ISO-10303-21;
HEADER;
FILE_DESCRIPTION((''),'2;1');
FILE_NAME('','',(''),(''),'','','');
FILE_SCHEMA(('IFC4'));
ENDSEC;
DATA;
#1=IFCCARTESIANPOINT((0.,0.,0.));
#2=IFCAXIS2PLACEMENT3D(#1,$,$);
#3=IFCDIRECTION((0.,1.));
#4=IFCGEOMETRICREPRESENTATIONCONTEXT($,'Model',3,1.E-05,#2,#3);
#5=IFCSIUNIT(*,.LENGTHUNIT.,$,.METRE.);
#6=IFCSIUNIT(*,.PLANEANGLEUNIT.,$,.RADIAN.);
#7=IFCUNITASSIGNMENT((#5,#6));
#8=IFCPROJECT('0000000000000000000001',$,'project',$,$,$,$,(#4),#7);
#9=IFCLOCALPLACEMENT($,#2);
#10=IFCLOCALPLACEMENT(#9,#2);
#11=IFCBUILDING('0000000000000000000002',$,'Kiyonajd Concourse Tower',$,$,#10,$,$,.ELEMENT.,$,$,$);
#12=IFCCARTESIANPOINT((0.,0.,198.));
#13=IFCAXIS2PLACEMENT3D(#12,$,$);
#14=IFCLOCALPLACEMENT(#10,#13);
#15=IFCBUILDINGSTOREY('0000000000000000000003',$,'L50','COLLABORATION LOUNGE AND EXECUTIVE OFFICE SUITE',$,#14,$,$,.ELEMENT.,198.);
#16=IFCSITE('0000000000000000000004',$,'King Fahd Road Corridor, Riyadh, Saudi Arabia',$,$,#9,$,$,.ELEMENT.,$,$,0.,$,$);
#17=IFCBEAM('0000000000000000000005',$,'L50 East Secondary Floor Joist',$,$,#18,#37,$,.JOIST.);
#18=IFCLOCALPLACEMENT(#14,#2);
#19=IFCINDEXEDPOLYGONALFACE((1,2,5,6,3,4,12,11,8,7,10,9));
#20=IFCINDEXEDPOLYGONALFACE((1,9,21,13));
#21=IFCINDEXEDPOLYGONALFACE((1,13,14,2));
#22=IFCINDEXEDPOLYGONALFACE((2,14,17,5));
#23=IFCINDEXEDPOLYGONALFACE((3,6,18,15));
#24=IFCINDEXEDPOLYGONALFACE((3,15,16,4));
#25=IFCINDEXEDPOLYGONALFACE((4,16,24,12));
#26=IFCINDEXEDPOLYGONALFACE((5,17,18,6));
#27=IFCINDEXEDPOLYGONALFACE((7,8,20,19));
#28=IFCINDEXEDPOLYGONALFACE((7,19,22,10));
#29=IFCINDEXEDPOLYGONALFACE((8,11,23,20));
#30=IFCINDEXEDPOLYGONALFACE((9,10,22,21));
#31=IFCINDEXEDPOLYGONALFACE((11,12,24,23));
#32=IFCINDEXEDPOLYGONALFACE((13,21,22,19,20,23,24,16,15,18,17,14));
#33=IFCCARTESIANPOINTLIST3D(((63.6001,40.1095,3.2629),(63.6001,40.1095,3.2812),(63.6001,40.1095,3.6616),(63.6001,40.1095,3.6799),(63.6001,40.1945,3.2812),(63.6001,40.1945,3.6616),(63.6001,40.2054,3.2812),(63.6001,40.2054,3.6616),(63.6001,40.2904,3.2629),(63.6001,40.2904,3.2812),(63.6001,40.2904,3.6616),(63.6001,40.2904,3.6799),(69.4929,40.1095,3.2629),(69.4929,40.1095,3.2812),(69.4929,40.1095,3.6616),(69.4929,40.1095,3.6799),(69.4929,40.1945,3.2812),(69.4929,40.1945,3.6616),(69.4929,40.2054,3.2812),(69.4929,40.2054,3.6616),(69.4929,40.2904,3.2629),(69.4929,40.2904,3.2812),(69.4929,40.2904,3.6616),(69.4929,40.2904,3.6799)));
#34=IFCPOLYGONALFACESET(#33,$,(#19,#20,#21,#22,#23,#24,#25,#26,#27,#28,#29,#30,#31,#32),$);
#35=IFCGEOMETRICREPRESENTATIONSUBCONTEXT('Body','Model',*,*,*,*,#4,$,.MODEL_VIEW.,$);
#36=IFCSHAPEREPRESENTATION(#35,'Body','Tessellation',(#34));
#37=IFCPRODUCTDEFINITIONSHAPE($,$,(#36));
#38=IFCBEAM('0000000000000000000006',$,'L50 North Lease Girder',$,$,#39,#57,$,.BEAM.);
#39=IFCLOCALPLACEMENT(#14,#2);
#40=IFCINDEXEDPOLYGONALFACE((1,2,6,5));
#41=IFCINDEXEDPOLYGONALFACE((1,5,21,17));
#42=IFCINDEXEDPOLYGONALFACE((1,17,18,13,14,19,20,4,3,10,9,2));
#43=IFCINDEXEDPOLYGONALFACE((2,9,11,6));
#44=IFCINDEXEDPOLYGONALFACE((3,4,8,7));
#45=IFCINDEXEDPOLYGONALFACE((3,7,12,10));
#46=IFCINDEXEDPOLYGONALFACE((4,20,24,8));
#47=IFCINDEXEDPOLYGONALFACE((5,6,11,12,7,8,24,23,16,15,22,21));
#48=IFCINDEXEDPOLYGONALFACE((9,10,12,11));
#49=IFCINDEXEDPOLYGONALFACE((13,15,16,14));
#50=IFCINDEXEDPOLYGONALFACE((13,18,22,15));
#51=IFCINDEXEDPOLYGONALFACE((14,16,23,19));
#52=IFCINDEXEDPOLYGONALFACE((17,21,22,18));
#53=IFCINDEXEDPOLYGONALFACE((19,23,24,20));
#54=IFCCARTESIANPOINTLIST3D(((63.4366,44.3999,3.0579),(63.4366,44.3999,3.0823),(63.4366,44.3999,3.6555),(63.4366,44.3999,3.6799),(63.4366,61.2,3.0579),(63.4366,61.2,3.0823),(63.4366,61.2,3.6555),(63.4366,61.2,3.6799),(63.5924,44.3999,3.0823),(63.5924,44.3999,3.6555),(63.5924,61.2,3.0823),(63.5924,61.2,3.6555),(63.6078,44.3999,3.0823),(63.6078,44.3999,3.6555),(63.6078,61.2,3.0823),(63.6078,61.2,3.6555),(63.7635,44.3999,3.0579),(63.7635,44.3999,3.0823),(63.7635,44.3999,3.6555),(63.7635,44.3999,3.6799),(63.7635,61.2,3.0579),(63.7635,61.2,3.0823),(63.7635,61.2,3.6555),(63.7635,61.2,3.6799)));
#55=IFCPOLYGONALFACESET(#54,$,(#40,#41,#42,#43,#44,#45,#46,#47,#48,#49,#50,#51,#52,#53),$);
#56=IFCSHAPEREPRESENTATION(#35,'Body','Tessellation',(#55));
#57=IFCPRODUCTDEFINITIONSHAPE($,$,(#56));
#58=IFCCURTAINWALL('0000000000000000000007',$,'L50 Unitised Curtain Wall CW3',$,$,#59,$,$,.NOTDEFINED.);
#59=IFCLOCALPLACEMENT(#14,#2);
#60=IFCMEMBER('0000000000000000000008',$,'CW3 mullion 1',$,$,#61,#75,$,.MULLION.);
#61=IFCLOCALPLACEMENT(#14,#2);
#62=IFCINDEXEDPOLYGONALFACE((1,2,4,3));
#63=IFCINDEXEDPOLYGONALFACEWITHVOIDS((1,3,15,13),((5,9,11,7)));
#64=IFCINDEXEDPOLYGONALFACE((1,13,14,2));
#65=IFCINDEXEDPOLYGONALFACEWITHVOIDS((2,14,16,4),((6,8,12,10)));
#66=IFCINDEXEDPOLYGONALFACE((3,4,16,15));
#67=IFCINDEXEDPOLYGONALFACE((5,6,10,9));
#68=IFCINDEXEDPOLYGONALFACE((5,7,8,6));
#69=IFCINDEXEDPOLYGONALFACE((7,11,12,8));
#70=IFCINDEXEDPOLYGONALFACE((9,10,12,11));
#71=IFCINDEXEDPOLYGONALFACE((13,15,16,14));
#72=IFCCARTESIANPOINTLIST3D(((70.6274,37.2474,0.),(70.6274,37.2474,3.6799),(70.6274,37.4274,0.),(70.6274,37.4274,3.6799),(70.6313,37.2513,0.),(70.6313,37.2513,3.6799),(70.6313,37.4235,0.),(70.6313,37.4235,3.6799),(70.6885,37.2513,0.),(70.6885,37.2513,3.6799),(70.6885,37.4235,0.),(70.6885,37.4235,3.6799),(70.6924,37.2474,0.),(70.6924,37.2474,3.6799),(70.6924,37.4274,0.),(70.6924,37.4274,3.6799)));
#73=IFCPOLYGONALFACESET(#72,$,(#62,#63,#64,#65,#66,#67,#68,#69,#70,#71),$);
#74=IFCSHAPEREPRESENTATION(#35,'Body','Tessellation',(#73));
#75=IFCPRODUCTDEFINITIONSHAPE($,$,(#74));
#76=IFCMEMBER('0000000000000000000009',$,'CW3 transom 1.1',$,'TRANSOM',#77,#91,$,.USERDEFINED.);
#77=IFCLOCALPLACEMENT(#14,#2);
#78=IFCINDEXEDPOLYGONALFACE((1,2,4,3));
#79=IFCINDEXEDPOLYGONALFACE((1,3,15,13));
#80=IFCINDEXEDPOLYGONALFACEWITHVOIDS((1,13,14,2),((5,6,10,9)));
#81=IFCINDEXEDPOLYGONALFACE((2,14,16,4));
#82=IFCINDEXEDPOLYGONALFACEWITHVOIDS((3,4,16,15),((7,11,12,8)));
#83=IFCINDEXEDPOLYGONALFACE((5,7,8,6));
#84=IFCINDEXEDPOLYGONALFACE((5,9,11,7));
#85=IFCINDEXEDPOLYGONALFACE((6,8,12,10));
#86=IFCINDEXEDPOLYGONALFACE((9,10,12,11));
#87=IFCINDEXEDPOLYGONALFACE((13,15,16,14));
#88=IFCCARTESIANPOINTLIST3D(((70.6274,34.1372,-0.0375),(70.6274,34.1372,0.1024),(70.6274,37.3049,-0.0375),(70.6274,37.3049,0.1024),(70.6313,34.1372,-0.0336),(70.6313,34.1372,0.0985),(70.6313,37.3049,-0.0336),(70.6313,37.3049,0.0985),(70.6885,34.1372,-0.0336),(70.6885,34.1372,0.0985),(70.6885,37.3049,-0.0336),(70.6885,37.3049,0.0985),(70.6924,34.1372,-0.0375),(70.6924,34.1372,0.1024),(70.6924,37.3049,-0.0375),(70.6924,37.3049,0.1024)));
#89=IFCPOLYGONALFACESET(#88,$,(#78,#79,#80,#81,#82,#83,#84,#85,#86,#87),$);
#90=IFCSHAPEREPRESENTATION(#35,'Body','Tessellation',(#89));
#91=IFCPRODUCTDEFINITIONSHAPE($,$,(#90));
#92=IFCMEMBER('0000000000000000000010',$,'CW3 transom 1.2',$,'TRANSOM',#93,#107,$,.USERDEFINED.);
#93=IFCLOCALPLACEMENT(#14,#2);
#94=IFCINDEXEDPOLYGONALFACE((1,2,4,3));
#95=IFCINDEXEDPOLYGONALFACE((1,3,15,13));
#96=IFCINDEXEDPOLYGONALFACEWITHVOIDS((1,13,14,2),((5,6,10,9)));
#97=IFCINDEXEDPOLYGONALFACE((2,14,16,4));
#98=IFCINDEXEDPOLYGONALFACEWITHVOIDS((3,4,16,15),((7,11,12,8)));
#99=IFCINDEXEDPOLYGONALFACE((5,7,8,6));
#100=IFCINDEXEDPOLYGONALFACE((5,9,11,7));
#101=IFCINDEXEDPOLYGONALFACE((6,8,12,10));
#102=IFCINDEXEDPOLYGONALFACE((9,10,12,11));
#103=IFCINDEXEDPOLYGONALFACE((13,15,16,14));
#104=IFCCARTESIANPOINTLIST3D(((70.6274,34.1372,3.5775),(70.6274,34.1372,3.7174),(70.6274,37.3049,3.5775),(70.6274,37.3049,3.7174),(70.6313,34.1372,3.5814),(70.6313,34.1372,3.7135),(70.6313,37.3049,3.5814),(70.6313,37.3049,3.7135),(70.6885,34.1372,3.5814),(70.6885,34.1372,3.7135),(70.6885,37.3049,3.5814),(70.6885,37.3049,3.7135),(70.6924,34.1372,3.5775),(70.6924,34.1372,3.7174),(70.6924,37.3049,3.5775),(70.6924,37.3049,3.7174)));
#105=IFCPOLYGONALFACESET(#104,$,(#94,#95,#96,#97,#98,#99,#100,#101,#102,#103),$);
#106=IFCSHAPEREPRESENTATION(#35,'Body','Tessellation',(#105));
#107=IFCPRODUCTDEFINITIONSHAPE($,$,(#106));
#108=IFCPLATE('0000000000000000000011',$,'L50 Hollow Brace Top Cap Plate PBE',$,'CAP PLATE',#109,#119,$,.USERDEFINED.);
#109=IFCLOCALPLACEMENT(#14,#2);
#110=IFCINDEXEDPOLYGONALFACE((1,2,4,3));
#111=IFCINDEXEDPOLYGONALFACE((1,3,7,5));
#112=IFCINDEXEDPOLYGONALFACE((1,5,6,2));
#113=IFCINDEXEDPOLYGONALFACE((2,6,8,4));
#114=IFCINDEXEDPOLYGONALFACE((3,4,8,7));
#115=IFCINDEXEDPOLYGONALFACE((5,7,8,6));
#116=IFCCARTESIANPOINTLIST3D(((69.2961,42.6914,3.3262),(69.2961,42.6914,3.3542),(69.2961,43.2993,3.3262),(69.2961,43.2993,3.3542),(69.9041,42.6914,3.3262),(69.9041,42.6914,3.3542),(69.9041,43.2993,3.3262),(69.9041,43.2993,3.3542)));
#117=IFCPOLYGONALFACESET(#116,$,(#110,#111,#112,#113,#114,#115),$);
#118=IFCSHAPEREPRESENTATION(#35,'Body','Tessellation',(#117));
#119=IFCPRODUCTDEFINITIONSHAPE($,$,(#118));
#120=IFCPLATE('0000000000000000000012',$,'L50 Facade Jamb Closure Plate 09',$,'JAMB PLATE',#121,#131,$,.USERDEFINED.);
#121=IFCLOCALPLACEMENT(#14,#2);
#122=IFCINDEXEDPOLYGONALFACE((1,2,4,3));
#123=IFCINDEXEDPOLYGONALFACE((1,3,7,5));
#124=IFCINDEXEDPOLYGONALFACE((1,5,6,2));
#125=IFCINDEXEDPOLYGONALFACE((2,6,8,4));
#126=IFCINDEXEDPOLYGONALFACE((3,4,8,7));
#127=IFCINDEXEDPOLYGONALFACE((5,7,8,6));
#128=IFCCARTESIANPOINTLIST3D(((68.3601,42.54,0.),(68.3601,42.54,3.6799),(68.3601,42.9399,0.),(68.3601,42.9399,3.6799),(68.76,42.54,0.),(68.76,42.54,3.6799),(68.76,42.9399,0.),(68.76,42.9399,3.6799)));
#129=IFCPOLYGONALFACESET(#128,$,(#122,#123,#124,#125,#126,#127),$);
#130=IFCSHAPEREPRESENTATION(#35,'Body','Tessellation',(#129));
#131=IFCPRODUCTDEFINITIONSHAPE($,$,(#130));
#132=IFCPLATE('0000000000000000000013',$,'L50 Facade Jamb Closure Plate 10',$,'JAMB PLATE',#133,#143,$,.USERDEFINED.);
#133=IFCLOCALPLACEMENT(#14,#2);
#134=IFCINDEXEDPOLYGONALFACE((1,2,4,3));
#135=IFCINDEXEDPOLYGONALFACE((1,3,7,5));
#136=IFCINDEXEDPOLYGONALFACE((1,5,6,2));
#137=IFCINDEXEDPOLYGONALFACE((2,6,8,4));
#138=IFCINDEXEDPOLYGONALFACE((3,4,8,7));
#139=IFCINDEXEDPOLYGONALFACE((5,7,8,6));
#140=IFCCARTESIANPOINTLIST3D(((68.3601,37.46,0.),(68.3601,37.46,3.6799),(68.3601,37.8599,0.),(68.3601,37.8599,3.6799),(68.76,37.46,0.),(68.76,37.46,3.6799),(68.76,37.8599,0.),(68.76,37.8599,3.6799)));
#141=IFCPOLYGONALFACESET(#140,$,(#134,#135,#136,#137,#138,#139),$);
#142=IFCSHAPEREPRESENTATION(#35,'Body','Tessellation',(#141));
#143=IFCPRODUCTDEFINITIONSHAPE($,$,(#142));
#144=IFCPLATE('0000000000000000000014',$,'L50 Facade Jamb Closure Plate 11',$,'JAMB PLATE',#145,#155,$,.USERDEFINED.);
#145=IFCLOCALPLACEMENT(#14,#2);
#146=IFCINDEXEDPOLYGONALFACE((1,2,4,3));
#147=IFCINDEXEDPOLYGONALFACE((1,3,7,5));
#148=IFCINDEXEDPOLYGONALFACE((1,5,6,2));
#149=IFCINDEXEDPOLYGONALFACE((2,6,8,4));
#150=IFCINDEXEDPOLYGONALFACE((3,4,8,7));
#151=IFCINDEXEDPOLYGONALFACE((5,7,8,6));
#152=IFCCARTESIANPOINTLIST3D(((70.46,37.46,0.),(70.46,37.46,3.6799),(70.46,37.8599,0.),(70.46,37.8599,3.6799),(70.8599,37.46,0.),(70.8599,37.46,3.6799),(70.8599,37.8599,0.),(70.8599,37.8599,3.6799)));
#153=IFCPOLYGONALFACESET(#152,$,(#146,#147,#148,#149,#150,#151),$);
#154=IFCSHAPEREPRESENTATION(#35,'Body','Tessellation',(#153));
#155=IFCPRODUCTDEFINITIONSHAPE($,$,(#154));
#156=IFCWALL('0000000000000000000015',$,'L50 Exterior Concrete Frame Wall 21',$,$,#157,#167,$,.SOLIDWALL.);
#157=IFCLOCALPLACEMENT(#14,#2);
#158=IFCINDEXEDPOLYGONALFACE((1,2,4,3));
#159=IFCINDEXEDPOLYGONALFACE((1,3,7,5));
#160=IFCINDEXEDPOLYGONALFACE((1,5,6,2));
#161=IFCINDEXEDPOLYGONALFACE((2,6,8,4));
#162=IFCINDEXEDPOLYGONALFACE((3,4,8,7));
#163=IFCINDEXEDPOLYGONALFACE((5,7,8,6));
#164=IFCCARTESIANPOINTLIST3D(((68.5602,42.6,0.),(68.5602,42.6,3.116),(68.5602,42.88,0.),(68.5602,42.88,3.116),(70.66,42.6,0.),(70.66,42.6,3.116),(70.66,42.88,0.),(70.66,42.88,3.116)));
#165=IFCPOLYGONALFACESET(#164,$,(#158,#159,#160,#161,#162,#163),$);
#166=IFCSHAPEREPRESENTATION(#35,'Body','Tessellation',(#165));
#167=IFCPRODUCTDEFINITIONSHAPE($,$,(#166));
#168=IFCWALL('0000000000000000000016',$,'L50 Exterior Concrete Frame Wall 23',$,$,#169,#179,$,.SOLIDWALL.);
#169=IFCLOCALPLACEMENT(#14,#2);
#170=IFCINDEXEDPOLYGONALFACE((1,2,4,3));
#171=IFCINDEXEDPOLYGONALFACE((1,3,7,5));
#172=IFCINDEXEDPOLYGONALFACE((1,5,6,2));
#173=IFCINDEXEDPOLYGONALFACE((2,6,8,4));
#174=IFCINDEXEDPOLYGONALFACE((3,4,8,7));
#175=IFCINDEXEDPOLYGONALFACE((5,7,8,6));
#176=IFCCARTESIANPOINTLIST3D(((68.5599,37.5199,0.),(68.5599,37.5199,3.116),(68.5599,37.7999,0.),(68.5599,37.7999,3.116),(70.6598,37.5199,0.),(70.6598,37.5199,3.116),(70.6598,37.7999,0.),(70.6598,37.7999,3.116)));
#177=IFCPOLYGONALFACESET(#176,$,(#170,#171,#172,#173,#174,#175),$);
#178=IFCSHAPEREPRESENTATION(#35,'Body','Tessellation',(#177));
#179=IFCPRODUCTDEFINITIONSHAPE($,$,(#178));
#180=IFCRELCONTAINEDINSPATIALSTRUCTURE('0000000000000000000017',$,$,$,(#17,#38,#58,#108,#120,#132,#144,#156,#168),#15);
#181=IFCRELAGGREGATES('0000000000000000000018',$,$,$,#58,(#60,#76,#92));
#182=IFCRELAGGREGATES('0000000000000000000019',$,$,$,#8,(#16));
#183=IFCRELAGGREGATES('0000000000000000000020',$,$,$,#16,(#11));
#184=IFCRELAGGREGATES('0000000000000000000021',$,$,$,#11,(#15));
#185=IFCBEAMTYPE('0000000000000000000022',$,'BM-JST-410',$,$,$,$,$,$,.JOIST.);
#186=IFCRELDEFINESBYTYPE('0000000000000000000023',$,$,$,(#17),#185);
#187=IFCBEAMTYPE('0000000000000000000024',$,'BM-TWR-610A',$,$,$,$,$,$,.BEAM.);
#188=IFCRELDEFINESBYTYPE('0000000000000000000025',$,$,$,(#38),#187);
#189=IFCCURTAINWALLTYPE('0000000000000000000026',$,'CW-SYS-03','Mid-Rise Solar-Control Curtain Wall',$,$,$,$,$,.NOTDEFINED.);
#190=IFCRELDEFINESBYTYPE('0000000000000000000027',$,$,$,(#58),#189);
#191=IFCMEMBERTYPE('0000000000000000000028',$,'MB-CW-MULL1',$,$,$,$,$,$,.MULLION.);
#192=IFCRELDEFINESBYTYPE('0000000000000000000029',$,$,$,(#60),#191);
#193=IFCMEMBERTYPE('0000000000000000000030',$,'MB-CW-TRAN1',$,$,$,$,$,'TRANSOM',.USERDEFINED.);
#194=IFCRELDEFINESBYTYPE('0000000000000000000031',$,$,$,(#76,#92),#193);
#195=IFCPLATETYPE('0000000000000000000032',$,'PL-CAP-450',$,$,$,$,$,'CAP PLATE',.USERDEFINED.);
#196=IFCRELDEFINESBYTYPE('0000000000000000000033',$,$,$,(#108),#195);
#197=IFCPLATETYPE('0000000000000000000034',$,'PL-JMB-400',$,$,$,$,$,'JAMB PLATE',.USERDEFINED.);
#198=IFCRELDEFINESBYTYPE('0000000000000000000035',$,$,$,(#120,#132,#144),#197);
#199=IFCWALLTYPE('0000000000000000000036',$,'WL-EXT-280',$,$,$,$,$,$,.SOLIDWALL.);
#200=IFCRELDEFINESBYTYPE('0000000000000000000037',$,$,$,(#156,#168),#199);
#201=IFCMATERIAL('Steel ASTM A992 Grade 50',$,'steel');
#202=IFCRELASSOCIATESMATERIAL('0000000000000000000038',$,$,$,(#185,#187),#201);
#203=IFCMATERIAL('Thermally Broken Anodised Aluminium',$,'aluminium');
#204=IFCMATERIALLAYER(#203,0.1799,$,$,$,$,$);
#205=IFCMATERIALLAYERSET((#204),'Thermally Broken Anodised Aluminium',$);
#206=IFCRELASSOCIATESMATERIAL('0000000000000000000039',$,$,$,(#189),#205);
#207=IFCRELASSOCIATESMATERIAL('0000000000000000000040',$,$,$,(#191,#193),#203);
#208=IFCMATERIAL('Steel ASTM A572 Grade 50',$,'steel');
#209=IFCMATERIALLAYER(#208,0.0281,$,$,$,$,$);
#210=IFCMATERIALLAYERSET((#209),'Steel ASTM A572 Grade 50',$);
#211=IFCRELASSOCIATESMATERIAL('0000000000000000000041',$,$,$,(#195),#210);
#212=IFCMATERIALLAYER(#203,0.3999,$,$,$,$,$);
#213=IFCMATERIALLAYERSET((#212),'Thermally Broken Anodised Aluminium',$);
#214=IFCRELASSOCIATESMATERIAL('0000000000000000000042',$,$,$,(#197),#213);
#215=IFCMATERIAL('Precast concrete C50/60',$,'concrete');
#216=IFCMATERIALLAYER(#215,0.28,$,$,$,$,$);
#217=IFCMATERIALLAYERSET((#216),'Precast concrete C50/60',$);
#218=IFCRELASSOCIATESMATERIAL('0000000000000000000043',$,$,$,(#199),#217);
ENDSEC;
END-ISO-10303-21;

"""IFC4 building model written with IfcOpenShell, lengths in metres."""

from ifc_helpers import new_model, si_unit, direction, frame, frame_2d, origin, origin_2d, place, context, subcontext, project, spatial, rectangle, hollow_rectangle, i_section, extrude, material, layer, layer_set, material_profile, profile_set, type_object, element, aggregate, save


model = new_model("IFC4")

# Units and contexts
model_context = context("Model", 3, precision=1e-05, world=origin(), true_north=direction((0.0, 1.0)))
body_context = subcontext(model_context, "Body", "Model", "MODEL_VIEW")
ifc_project = project(units=[si_unit("LENGTHUNIT", "METRE"), si_unit("PLANEANGLEUNIT", "RADIAN")], contexts=[model_context])

# Site, building, storey
site_placement = place(None, origin())
site = spatial("IfcSite", under=ifc_project, at=site_placement, Name="King Fahd Road Corridor, Riyadh, Saudi Arabia", CompositionType="ELEMENT", RefElevation=0.0)
building_placement = place(site_placement, origin())
building = spatial("IfcBuilding", under=site, at=building_placement, Name="Kiyonajd Concourse Tower", CompositionType="ELEMENT")
storey_placement = place(building_placement, frame((0.0, 0.0, 198.0)))
storey = spatial("IfcBuildingStorey", under=building, at=storey_placement, Name="L50", Description="COLLABORATION LOUNGE AND EXECUTIVE OFFICE SUITE", CompositionType="ELEMENT", Elevation=198.0)

# Beams
ifc_material_1 = material(Name="Steel ASTM A992 Grade 50", Category="steel")
ifc_material_profile_1 = material_profile(ifc_material_1, i_section(OverallWidth=0.1809, OverallDepth=0.417, WebThickness=0.011, FlangeThickness=0.0183, at=origin_2d()), Name="W410X85")
ifc_profile_set_1 = profile_set([ifc_material_profile_1], Name="Steel ASTM A992 Grade 50")
beam_type_1 = type_object("IfcBeamType", Name="BM-JST-410", PredefinedType="JOIST", material=ifc_profile_set_1)
beam_1_placement = place(storey_placement, frame((63.6001, 40.2, 3.4714), z_axis=(1.0, 0.0, 0.0), x_axis=(0.0, 1.0, 0.0)))
element("IfcBeam", 1, at=beam_1_placement, inside=storey, type_object=beam_type_1, Name="L50 East Secondary Floor Joist", PredefinedType="JOIST", context=body_context, shape_type="SweptSolid", body=[
    extrude(i_section(OverallWidth=0.1809, OverallDepth=0.417, WebThickness=0.011, FlangeThickness=0.0183, at=origin_2d()), origin(), (0.0, 0.0, 1.0), 5.8928),
])
ifc_material_profile_2 = material_profile(ifc_material_1, i_section(OverallWidth=0.3269, OverallDepth=0.6221, WebThickness=0.0154, FlangeThickness=0.0244, at=origin_2d()), Name="W610X195")
ifc_profile_set_2 = profile_set([ifc_material_profile_2], Name="Steel ASTM A992 Grade 50")
beam_type_2 = type_object("IfcBeamType", Name="BM-TWR-610A", PredefinedType="BEAM", material=ifc_profile_set_2)
beam_2_placement = place(storey_placement, frame((63.6001, 44.3999, 3.3689), z_axis=(0.0, 1.0, 0.0), x_axis=(-1.0, 0.0, 0.0)))
element("IfcBeam", 2, at=beam_2_placement, inside=storey, type_object=beam_type_2, Name="L50 North Lease Girder", PredefinedType="BEAM", context=body_context, shape_type="SweptSolid", body=[
    extrude(i_section(OverallWidth=0.3269, OverallDepth=0.6221, WebThickness=0.0154, FlangeThickness=0.0244, at=origin_2d()), origin(), (0.0, 0.0, 1.0), 16.8),
])

# Curtain wall, members
ifc_material_2 = material(Name="Thermally Broken Anodised Aluminium", Category="aluminium")
ifc_layer_1 = layer(ifc_material_2, 0.1799)
ifc_layer_set_1 = layer_set([ifc_layer_1], Name="Thermally Broken Anodised Aluminium")
curtain_wall_type = type_object("IfcCurtainWallType", Name="CW-SYS-03", Description="Mid-Rise Solar-Control Curtain Wall", PredefinedType="NOTDEFINED", material=ifc_layer_set_1)
curtain_wall_placement = place(storey_placement, origin())
curtain_wall = element("IfcCurtainWall", 3, at=curtain_wall_placement, inside=storey, type_object=curtain_wall_type, Name="L50 Unitised Curtain Wall CW3", PredefinedType="NOTDEFINED")
ifc_material_profile_3 = material_profile(ifc_material_2, hollow_rectangle(XDim=0.0649, YDim=0.1799, WallThickness=0.0039, at=origin_2d()), Name="MULL-65x180")
ifc_profile_set_3 = profile_set([ifc_material_profile_3], Name="Thermally Broken Anodised Aluminium")
member_type_1 = type_object("IfcMemberType", Name="MB-CW-MULL1", PredefinedType="MULLION", material=ifc_profile_set_3)
member_1_placement = place(storey_placement, frame((70.6599, 37.3374, 0.0), z_axis=(0.0, 0.0, 1.0), x_axis=(1.0, 0.0, 0.0)))
member_1 = element("IfcMember", 4, at=member_1_placement, type_object=member_type_1, Name="CW3 mullion 1", PredefinedType="MULLION", context=body_context, shape_type="SweptSolid", body=[
    extrude(hollow_rectangle(XDim=0.0649, YDim=0.1799, WallThickness=0.0039, at=origin_2d()), origin(), (0.0, 0.0, 1.0), 3.6799),
])
ifc_material_profile_4 = material_profile(ifc_material_2, hollow_rectangle(XDim=0.0649, YDim=0.1399, WallThickness=0.0039, at=origin_2d()), Name="TRAN-65x140")
ifc_profile_set_4 = profile_set([ifc_material_profile_4], Name="Thermally Broken Anodised Aluminium")
member_type_2 = type_object("IfcMemberType", Name="MB-CW-TRAN1", ElementType="TRANSOM", PredefinedType="USERDEFINED", material=ifc_profile_set_4)
member_2_placement = place(storey_placement, frame((70.6599, 37.3049, 0.0325), z_axis=(0.0, -1.0, 0.0), x_axis=(1.0, 0.0, 0.0)))
member_2 = element("IfcMember", 5, at=member_2_placement, type_object=member_type_2, Name="CW3 transom 1.1", ObjectType="TRANSOM", PredefinedType="USERDEFINED", context=body_context, shape_type="SweptSolid", body=[
    extrude(hollow_rectangle(XDim=0.0649, YDim=0.1399, WallThickness=0.0039, at=origin_2d()), origin(), (0.0, 0.0, 1.0), 3.1677),
])
member_3_placement = place(storey_placement, frame((70.6599, 37.3049, 3.6475), z_axis=(0.0, -1.0, 0.0), x_axis=(1.0, 0.0, 0.0)))
member_3 = element("IfcMember", 6, at=member_3_placement, type_object=member_type_2, Name="CW3 transom 1.2", ObjectType="TRANSOM", PredefinedType="USERDEFINED", context=body_context, shape_type="SweptSolid", body=[
    extrude(hollow_rectangle(XDim=0.0649, YDim=0.1399, WallThickness=0.0039, at=origin_2d()), origin(), (0.0, 0.0, 1.0), 3.1677),
])
aggregate(curtain_wall, [member_1, member_2, member_3])

# Plates
ifc_material_3 = material(Name="Steel ASTM A572 Grade 50", Category="steel")
ifc_layer_2 = layer(ifc_material_3, 0.0281)
ifc_layer_set_2 = layer_set([ifc_layer_2], Name="Steel ASTM A572 Grade 50")
plate_type_1 = type_object("IfcPlateType", Name="PL-CAP-450", ElementType="CAP PLATE", PredefinedType="USERDEFINED", material=ifc_layer_set_2)
plate_placement = place(storey_placement, frame((69.6001, 42.9954, 3.3262), z_axis=(0.0, 0.0, 1.0), x_axis=(1.0, 0.0, 0.0)))
element("IfcPlate", 7, at=plate_placement, inside=storey, type_object=plate_type_1, Name="L50 Hollow Brace Top Cap Plate PBE", ObjectType="CAP PLATE", PredefinedType="USERDEFINED", context=body_context, shape_type="SweptSolid", body=[
    extrude(rectangle(XDim=0.6079, YDim=0.6079, at=origin_2d()), origin(), (0.0, 0.0, 1.0), 0.0281),
])
ifc_layer_3 = layer(ifc_material_2, 0.3999)
ifc_layer_set_3 = layer_set([ifc_layer_3], Name="Thermally Broken Anodised Aluminium")
plate_type_2 = type_object("IfcPlateType", Name="PL-JMB-400", ElementType="JAMB PLATE", PredefinedType="USERDEFINED", material=ifc_layer_set_3)
for number, where, z_axis, x_axis, name in (
    (8, (68.5601, 42.74, 0.0), (0.0, 0.0, 1.0), (1.0, 0.0, 0.0), "L50 Facade Jamb Closure Plate 09"),
    (9, (68.5601, 37.6599, 0.0), (0.0, 0.0, 1.0), (1.0, 0.0, 0.0), "L50 Facade Jamb Closure Plate 10"),
    (10, (70.6599, 37.6599, 0.0), (0.0, 0.0, 1.0), (1.0, 0.0, 0.0), "L50 Facade Jamb Closure Plate 11"),
):
    element("IfcPlate", number, at=place(storey_placement, frame(where, z_axis=z_axis, x_axis=x_axis)), inside=storey, type_object=plate_type_2, Name=name, ObjectType="JAMB PLATE", PredefinedType="USERDEFINED", context=body_context, shape_type="SweptSolid", body=[
        extrude(rectangle(XDim=0.3999, YDim=0.3999, at=origin_2d()), origin(), (0.0, 0.0, 1.0), 3.6799),
    ])

# Walls
ifc_material_4 = material(Name="Precast concrete C50/60", Category="concrete")
ifc_layer_4 = layer(ifc_material_4, 0.28)
ifc_layer_set_4 = layer_set([ifc_layer_4], Name="Precast concrete C50/60")
wall_type_1 = type_object("IfcWallType", Name="WL-EXT-280", PredefinedType="SOLIDWALL", material=ifc_layer_set_4)
for number, where, z_axis, x_axis, name in (
    (11, (70.6599, 42.74, 0.0), (0.0, 0.0, 1.0), (-1.0, 0.0, 0.0), "L50 Exterior Concrete Frame Wall 21"),
    (12, (68.5601, 37.6599, 0.0), (0.0, 0.0, 1.0), (1.0, 0.0, 0.0), "L50 Exterior Concrete Frame Wall 23"),
):
    element("IfcWall", number, at=place(storey_placement, frame(where, z_axis=z_axis, x_axis=x_axis)), inside=storey, type_object=wall_type_1, Name=name, PredefinedType="SOLIDWALL", context=body_context, shape_type="SweptSolid", body=[
        extrude(rectangle(XDim=2.0999, YDim=0.28, at=frame_2d((1.0498, 0.0))), origin(), (0.0, 0.0, 1.0), 3.116),
    ])

save(model, "model.ifc")
